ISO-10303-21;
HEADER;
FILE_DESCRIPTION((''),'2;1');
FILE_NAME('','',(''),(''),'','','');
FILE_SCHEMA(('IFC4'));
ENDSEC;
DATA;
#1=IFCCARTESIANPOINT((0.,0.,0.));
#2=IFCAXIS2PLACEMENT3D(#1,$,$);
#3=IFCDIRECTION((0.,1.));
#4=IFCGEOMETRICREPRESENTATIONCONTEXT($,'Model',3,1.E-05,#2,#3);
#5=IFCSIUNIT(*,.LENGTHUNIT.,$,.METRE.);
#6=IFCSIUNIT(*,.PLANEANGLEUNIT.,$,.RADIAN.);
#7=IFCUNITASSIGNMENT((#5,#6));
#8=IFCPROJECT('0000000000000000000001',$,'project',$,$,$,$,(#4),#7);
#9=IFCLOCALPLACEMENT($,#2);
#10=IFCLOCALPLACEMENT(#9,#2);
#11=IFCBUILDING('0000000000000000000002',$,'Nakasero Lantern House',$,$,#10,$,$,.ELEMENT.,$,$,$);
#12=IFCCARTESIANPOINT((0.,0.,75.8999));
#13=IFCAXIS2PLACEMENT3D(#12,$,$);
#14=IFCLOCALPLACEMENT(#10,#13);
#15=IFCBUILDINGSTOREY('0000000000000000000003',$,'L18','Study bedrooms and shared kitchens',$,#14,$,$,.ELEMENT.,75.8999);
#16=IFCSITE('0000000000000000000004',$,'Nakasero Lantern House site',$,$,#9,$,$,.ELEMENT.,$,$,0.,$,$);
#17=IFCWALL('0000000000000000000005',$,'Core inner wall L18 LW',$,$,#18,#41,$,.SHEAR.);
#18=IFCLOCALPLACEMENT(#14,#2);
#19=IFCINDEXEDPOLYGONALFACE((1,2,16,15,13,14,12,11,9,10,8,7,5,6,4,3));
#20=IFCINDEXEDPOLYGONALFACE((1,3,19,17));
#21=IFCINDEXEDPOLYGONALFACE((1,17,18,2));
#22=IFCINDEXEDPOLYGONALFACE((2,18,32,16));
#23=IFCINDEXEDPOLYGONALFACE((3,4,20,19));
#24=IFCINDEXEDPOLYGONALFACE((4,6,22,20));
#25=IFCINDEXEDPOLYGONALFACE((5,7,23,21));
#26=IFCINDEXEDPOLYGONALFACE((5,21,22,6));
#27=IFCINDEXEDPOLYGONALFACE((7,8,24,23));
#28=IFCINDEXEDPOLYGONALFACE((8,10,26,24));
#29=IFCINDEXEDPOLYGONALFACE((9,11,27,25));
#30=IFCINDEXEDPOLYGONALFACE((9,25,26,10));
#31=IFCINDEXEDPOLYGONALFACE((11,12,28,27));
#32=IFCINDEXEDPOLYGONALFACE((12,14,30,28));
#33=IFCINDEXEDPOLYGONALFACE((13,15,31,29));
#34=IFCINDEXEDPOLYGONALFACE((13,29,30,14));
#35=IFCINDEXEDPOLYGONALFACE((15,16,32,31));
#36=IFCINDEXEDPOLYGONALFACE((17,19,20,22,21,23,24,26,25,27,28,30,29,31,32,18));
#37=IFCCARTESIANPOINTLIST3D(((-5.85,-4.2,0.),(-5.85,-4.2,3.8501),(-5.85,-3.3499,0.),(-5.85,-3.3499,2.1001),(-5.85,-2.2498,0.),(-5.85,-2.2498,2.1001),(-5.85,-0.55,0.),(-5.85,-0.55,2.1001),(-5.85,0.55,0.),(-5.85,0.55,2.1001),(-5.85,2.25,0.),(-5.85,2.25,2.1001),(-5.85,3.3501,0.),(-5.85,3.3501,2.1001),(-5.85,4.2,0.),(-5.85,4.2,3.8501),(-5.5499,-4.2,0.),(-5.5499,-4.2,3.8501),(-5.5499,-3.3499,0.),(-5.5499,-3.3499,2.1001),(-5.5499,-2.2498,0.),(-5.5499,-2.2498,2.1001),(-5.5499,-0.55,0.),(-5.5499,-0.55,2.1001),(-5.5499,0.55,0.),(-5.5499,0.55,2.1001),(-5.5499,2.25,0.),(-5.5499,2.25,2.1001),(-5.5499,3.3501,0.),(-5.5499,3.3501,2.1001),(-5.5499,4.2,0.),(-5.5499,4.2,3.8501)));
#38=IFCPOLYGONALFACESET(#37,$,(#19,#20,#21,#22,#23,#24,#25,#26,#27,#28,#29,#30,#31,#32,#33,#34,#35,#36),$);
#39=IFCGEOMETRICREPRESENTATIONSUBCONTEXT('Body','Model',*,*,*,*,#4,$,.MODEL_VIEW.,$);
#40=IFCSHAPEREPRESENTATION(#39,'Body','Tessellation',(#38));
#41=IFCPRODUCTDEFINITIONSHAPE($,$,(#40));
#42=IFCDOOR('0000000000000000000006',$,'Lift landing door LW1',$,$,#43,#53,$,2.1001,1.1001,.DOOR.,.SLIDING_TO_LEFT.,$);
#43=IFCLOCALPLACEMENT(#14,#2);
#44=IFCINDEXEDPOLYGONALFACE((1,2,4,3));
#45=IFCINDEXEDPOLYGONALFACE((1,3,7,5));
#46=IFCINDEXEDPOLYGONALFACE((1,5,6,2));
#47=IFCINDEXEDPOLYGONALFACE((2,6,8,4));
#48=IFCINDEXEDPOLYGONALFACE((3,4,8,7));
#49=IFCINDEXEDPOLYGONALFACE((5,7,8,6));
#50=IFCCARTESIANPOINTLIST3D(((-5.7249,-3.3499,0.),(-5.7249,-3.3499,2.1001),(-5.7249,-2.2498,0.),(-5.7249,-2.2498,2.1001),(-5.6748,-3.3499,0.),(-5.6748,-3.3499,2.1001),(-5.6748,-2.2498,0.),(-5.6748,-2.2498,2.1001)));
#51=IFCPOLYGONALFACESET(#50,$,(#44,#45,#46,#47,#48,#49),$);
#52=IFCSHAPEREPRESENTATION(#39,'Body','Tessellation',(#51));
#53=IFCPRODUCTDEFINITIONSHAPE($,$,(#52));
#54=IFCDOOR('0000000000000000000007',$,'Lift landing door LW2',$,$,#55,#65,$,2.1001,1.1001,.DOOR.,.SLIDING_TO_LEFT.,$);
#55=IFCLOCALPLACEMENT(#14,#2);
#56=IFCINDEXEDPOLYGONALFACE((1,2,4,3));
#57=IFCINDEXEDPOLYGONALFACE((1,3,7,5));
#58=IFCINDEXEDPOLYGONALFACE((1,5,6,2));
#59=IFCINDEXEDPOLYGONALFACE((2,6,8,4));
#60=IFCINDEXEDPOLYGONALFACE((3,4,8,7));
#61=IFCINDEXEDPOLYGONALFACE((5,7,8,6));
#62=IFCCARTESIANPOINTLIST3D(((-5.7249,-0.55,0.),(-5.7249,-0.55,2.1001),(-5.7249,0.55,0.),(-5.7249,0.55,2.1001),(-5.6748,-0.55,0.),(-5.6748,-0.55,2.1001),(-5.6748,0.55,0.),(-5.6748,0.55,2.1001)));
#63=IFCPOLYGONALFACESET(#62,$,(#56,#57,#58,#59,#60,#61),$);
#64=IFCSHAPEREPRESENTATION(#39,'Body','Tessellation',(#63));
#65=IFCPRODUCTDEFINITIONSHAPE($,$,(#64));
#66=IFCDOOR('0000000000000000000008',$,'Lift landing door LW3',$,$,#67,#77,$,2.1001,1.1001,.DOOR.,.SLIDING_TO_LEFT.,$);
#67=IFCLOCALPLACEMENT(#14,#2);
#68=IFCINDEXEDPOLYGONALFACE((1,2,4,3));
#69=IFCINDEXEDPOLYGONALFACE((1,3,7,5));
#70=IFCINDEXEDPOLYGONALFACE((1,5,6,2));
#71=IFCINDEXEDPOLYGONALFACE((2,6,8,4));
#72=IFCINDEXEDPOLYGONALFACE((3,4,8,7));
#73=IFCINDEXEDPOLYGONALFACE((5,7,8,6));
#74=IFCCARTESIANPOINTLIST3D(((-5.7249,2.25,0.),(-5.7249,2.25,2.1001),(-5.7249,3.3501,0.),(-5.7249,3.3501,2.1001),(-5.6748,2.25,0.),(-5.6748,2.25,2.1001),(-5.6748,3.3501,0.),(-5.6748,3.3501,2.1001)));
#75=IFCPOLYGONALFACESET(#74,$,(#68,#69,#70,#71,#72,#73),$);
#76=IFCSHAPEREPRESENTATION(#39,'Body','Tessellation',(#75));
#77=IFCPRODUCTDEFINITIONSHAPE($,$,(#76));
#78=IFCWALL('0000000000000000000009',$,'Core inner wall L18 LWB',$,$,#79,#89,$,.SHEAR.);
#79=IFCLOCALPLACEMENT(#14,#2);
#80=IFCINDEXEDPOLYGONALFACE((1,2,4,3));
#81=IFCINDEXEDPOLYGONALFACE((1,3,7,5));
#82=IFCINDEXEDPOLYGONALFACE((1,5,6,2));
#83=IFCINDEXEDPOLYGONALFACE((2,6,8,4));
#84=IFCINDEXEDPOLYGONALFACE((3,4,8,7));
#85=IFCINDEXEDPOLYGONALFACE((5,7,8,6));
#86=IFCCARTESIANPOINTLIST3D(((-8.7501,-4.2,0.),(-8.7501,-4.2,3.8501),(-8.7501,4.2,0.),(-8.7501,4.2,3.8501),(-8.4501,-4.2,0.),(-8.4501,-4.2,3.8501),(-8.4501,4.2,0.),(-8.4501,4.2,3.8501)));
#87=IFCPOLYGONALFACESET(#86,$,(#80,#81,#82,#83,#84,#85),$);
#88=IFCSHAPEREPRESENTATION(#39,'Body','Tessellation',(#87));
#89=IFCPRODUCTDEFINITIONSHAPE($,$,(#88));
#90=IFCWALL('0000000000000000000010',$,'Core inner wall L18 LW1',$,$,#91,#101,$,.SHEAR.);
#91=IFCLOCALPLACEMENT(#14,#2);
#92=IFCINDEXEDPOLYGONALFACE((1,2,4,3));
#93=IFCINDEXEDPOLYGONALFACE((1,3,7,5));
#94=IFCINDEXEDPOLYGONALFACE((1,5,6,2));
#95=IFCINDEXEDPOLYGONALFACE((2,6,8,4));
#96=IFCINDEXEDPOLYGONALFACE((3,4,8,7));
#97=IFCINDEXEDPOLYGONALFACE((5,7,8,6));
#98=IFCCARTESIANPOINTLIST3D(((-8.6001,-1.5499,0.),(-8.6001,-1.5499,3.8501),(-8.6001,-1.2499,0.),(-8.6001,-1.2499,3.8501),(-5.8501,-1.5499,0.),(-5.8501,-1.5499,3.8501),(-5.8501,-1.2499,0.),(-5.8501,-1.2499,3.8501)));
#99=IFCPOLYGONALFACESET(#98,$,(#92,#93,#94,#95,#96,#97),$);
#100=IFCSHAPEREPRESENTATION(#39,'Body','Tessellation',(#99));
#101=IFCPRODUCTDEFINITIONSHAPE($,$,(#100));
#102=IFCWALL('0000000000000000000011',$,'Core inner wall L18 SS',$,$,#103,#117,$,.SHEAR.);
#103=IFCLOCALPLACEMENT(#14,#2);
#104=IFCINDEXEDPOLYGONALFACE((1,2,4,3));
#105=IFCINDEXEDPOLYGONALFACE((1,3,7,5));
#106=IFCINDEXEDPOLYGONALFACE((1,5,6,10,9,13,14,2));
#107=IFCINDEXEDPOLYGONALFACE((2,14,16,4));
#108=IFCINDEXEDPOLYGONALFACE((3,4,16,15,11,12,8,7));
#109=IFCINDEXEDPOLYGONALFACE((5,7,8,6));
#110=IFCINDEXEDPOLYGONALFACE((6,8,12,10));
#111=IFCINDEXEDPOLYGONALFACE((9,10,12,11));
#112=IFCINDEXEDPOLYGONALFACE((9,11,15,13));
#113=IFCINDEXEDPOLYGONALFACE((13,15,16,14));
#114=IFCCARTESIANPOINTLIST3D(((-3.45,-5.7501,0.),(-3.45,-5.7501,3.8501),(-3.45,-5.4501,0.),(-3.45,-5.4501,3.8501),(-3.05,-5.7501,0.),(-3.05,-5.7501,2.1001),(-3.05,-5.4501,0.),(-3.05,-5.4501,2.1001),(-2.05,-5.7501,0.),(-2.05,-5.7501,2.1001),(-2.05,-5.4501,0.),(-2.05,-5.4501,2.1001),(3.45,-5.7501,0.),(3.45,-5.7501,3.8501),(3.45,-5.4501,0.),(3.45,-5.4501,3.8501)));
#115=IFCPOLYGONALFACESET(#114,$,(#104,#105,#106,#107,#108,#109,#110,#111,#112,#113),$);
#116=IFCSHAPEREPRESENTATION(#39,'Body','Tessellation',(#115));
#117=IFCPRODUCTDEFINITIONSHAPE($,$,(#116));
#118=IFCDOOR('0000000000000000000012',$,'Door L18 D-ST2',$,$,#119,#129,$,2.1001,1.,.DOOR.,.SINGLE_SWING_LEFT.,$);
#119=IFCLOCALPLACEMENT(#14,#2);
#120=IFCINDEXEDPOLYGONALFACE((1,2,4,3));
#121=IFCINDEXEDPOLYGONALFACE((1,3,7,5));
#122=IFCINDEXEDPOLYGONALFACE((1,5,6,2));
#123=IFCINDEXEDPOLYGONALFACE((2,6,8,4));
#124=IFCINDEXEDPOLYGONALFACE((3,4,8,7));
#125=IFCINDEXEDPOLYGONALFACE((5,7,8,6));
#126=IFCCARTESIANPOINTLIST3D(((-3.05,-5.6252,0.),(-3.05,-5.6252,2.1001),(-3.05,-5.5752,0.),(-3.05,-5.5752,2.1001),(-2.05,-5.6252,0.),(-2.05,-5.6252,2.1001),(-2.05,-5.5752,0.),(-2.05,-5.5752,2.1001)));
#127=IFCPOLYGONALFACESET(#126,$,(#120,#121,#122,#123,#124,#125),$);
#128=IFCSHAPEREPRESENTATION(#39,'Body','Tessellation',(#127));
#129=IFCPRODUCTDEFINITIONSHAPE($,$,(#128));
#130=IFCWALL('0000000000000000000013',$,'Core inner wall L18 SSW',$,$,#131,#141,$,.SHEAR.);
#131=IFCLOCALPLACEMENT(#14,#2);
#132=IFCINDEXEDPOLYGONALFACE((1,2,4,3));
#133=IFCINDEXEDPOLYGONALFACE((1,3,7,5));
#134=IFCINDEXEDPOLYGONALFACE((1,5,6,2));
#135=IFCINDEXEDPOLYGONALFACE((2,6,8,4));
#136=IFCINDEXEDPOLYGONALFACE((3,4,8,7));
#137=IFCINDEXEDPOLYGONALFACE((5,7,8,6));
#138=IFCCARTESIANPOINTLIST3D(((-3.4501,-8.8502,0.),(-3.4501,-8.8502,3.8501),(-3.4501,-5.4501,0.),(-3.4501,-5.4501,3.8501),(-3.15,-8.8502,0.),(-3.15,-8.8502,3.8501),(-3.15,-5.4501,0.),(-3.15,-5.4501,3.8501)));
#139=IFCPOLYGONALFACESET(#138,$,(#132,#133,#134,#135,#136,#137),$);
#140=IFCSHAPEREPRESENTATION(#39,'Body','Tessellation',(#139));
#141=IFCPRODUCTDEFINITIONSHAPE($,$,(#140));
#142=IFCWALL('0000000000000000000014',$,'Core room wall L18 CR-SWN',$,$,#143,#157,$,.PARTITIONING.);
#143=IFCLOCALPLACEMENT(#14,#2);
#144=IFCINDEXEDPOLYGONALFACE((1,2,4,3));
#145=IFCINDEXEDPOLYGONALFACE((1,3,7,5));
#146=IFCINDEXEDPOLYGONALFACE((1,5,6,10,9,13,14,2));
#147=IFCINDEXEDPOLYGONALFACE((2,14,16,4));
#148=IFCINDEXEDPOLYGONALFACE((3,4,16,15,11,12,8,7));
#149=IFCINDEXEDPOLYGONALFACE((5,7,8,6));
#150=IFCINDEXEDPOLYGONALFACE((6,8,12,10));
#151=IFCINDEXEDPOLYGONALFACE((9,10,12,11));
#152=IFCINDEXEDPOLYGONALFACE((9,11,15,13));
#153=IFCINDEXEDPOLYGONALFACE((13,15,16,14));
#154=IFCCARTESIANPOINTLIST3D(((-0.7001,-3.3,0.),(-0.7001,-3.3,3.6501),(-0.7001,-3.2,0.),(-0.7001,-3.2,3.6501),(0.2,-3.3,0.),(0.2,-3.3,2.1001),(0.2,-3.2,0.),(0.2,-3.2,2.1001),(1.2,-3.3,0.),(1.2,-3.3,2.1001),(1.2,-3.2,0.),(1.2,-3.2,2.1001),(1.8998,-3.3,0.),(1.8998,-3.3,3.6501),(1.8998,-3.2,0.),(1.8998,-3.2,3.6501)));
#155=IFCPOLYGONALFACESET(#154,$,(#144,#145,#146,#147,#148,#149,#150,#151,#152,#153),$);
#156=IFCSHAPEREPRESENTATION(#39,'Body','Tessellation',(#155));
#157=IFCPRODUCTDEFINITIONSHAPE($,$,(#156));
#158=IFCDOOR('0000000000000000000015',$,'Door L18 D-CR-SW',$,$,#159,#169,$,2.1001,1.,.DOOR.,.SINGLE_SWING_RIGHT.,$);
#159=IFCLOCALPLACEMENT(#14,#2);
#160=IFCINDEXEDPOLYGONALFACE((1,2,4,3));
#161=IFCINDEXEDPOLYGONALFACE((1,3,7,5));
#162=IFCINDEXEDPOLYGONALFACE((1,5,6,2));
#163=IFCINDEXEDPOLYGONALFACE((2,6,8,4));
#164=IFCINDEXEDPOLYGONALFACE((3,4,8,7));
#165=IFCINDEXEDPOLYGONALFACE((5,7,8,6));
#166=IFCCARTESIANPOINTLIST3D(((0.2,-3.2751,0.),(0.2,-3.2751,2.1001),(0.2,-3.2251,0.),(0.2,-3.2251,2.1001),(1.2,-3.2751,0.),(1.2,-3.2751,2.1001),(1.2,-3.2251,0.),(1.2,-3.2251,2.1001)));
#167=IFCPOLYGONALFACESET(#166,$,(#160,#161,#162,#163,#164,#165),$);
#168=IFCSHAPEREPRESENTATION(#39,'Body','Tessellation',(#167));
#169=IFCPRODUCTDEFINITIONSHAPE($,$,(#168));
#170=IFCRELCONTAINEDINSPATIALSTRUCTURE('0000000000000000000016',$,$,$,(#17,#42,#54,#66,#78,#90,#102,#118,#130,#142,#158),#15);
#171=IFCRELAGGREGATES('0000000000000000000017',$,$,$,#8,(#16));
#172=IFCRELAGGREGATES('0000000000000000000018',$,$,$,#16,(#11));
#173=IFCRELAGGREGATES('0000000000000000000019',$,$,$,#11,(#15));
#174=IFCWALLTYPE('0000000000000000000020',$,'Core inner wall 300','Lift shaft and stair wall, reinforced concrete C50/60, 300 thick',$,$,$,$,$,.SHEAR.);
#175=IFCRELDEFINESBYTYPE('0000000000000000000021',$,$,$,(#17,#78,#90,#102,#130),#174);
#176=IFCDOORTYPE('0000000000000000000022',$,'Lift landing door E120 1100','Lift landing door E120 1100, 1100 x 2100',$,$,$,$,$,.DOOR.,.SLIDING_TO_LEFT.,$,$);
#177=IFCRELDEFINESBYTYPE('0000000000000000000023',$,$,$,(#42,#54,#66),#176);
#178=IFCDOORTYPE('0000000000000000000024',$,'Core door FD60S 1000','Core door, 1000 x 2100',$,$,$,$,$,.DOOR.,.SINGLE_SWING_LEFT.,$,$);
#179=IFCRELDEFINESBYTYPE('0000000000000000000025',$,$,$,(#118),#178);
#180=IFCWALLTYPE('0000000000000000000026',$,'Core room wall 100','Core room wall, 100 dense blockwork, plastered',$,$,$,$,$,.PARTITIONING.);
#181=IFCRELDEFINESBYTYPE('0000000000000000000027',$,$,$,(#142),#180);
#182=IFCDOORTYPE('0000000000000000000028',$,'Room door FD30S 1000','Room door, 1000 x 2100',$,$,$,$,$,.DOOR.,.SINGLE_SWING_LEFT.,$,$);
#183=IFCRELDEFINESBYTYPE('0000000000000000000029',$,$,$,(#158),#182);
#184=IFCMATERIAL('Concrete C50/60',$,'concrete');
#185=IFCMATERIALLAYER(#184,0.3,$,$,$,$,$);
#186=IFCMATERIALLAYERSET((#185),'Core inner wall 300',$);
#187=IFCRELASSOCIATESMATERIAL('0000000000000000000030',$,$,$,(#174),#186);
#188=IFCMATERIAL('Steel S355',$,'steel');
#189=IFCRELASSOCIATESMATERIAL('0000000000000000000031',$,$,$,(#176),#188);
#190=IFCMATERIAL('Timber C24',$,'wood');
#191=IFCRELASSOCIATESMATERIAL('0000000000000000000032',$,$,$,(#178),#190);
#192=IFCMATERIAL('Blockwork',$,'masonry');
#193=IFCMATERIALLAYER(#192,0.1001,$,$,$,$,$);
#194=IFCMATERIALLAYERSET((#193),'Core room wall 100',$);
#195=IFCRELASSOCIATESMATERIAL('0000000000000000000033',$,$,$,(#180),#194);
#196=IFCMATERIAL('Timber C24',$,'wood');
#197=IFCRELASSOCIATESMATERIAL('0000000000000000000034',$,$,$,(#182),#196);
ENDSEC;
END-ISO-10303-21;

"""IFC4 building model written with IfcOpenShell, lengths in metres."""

from ifc_helpers import new_model, si_unit, direction, frame, frame_2d, origin, place, context, subcontext, project, spatial, rectangle, extrude, material, layer, layer_set, type_object, element, fill, save


model = new_model("IFC4")

# Units and contexts
model_context = context("Model", 3, precision=1e-05, world=origin(), true_north=direction((0.0, 1.0)))
body_context = subcontext(model_context, "Body", "Model", "MODEL_VIEW")
ifc_project = project(units=[si_unit("LENGTHUNIT", "METRE"), si_unit("PLANEANGLEUNIT", "RADIAN")], contexts=[model_context])

# Site, building, storey
site_placement = place(None, origin())
site = spatial("IfcSite", under=ifc_project, at=site_placement, Name="Nakasero Lantern House site", CompositionType="ELEMENT", RefElevation=0.0)
building_placement = place(site_placement, origin())
building = spatial("IfcBuilding", under=site, at=building_placement, Name="Nakasero Lantern House", CompositionType="ELEMENT")
storey_placement = place(building_placement, frame((0.0, 0.0, 75.8999)))
storey = spatial("IfcBuildingStorey", under=building, at=storey_placement, Name="L18", Description="Study bedrooms and shared kitchens", CompositionType="ELEMENT", Elevation=75.8999)

# Wall, openings, doors
ifc_material_1 = material(Name="Concrete C50/60", Category="concrete")
ifc_layer_1 = layer(ifc_material_1, 0.3)
ifc_layer_set_1 = layer_set([ifc_layer_1], Name="Core inner wall 300")
wall_type_1 = type_object("IfcWallType", Name="Core inner wall 300", Description="Lift shaft and stair wall, reinforced concrete C50/60, 300 thick", PredefinedType="SHEAR", material=ifc_layer_set_1)
wall_1_placement = place(storey_placement, frame((-5.7, -4.2, 0.0), z_axis=(0.0, 0.0, 1.0), x_axis=(0.0, 1.0, 0.0)))
wall_1 = element("IfcWall", 1, at=wall_1_placement, inside=storey, type_object=wall_type_1, Name="Core inner wall L18 LW", PredefinedType="SHEAR", context=body_context, shape_type="SweptSolid", body=[
    extrude(rectangle(XDim=8.3999, YDim=0.3, at=frame_2d((4.2, 0.0))), origin(), (0.0, 0.0, 1.0), 3.8501),
])
opening_1_placement = place(wall_1_placement, frame((0.8501, 0.0, 0.0)))
opening_1 = element("IfcOpeningElement", 2, at=opening_1_placement, cuts=wall_1, PredefinedType="OPENING", context=body_context, shape_type="SweptSolid", body=[
    extrude(rectangle(XDim=1.1001, YDim=2.1001, at=frame_2d((0.55, 1.05))), frame((0.0, 0.1699, 0.0), z_axis=(0.0, -1.0, 0.0), x_axis=(1.0, 0.0, 0.0)), (0.0, 0.0, 1.0), 0.3401),
])
opening_2_placement = place(wall_1_placement, frame((3.6499, 0.0, 0.0)))
opening_2 = element("IfcOpeningElement", 3, at=opening_2_placement, cuts=wall_1, PredefinedType="OPENING", context=body_context, shape_type="SweptSolid", body=[
    extrude(rectangle(XDim=1.1001, YDim=2.1001, at=frame_2d((0.55, 1.05))), frame((0.0, 0.1699, 0.0), z_axis=(0.0, -1.0, 0.0), x_axis=(1.0, 0.0, 0.0)), (0.0, 0.0, 1.0), 0.3401),
])
opening_3_placement = place(wall_1_placement, frame((6.45, 0.0, 0.0)))
opening_3 = element("IfcOpeningElement", 4, at=opening_3_placement, cuts=wall_1, PredefinedType="OPENING", context=body_context, shape_type="SweptSolid", body=[
    extrude(rectangle(XDim=1.1001, YDim=2.1001, at=frame_2d((0.55, 1.05))), frame((0.0, 0.1699, 0.0), z_axis=(0.0, -1.0, 0.0), x_axis=(1.0, 0.0, 0.0)), (0.0, 0.0, 1.0), 0.3401),
])
ifc_material_2 = material(Name="Steel S355", Category="steel")
door_type_1 = type_object("IfcDoorType", Name="Lift landing door E120 1100", Description="Lift landing door E120 1100, 1100 x 2100", OperationType="SLIDING_TO_LEFT", PredefinedType="DOOR", material=ifc_material_2)
door_1_placement = place(opening_1_placement, origin())
door_1 = element("IfcDoor", 5, at=door_1_placement, inside=storey, type_object=door_type_1, Name="Lift landing door LW1", OperationType="SLIDING_TO_LEFT", OverallHeight=2.1001, OverallWidth=1.1001, PredefinedType="DOOR", context=body_context, shape_type="SweptSolid", body=[
    extrude(rectangle(XDim=1.1001, YDim=2.1001, at=frame_2d((0.55, 1.05))), frame((0.0, 0.0249, 0.0), z_axis=(0.0, -1.0, 0.0), x_axis=(1.0, 0.0, 0.0)), (0.0, 0.0, 1.0), 0.05),
])
fill(opening_1, door_1)
door_2_placement = place(opening_2_placement, origin())
door_2 = element("IfcDoor", 6, at=door_2_placement, inside=storey, type_object=door_type_1, Name="Lift landing door LW2", OperationType="SLIDING_TO_LEFT", OverallHeight=2.1001, OverallWidth=1.1001, PredefinedType="DOOR", context=body_context, shape_type="SweptSolid", body=[
    extrude(rectangle(XDim=1.1001, YDim=2.1001, at=frame_2d((0.55, 1.05))), frame((0.0, 0.0249, 0.0), z_axis=(0.0, -1.0, 0.0), x_axis=(1.0, 0.0, 0.0)), (0.0, 0.0, 1.0), 0.05),
])
fill(opening_2, door_2)
door_3_placement = place(opening_3_placement, origin())
door_3 = element("IfcDoor", 7, at=door_3_placement, inside=storey, type_object=door_type_1, Name="Lift landing door LW3", OperationType="SLIDING_TO_LEFT", OverallHeight=2.1001, OverallWidth=1.1001, PredefinedType="DOOR", context=body_context, shape_type="SweptSolid", body=[
    extrude(rectangle(XDim=1.1001, YDim=2.1001, at=frame_2d((0.55, 1.05))), frame((0.0, 0.0249, 0.0), z_axis=(0.0, -1.0, 0.0), x_axis=(1.0, 0.0, 0.0)), (0.0, 0.0, 1.0), 0.05),
])
fill(opening_3, door_3)

# Walls
wall_2_placement = place(storey_placement, frame((-8.6001, -4.2, 0.0), z_axis=(0.0, 0.0, 1.0), x_axis=(0.0, 1.0, 0.0)))
element("IfcWall", 8, at=wall_2_placement, inside=storey, type_object=wall_type_1, Name="Core inner wall L18 LWB", PredefinedType="SHEAR", context=body_context, shape_type="SweptSolid", body=[
    extrude(rectangle(XDim=8.3999, YDim=0.3, at=frame_2d((4.2, 0.0))), origin(), (0.0, 0.0, 1.0), 3.8501),
])
wall_3_placement = place(storey_placement, frame((-8.6001, -1.3999, 0.0), z_axis=(0.0, 0.0, 1.0), x_axis=(1.0, 0.0, 0.0)))
element("IfcWall", 9, at=wall_3_placement, inside=storey, type_object=wall_type_1, Name="Core inner wall L18 LW1", PredefinedType="SHEAR", context=body_context, shape_type="SweptSolid", body=[
    extrude(rectangle(XDim=2.75, YDim=0.3, at=frame_2d((1.375, 0.0))), origin(), (0.0, 0.0, 1.0), 3.8501),
])

# Wall, opening, door
wall_4_placement = place(storey_placement, frame((-3.45, -5.6001, 0.0), z_axis=(0.0, 0.0, 1.0), x_axis=(1.0, 0.0, 0.0)))
wall_4 = element("IfcWall", 10, at=wall_4_placement, inside=storey, type_object=wall_type_1, Name="Core inner wall L18 SS", PredefinedType="SHEAR", context=body_context, shape_type="SweptSolid", body=[
    extrude(rectangle(XDim=6.8999, YDim=0.3, at=frame_2d((3.45, 0.0))), origin(), (0.0, 0.0, 1.0), 3.8501),
])
opening_4_placement = place(wall_4_placement, frame((0.3999, 0.0, 0.0)))
opening_4 = element("IfcOpeningElement", 11, at=opening_4_placement, cuts=wall_4, PredefinedType="OPENING", context=body_context, shape_type="SweptSolid", body=[
    extrude(rectangle(XDim=1.0, YDim=2.1001, at=frame_2d((0.5, 1.05))), frame((0.0, 0.1699, 0.0), z_axis=(0.0, -1.0, 0.0), x_axis=(1.0, 0.0, 0.0)), (0.0, 0.0, 1.0), 0.3401),
])
ifc_material_3 = material(Name="Timber C24", Category="wood")
door_type_2 = type_object("IfcDoorType", Name="Core door FD60S 1000", Description="Core door, 1000 x 2100", OperationType="SINGLE_SWING_LEFT", PredefinedType="DOOR", material=ifc_material_3)
door_4_placement = place(opening_4_placement, origin())
door_4 = element("IfcDoor", 12, at=door_4_placement, inside=storey, type_object=door_type_2, Name="Door L18 D-ST2", OperationType="SINGLE_SWING_LEFT", OverallHeight=2.1001, OverallWidth=1.0, PredefinedType="DOOR", context=body_context, shape_type="SweptSolid", body=[
    extrude(rectangle(XDim=1.0, YDim=2.1001, at=frame_2d((0.5, 1.05))), frame((0.0, 0.0249, 0.0), z_axis=(0.0, -1.0, 0.0), x_axis=(1.0, 0.0, 0.0)), (0.0, 0.0, 1.0), 0.05),
])
fill(opening_4, door_4)

# Wall
wall_5_placement = place(storey_placement, frame((-3.3, -5.45, 0.0), z_axis=(0.0, 0.0, 1.0), x_axis=(0.0, -1.0, 0.0)))
element("IfcWall", 13, at=wall_5_placement, inside=storey, type_object=wall_type_1, Name="Core inner wall L18 SSW", PredefinedType="SHEAR", context=body_context, shape_type="SweptSolid", body=[
    extrude(rectangle(XDim=3.4001, YDim=0.3, at=frame_2d((1.7002, 0.0))), origin(), (0.0, 0.0, 1.0), 3.8501),
])

# Wall, opening, door
ifc_material_4 = material(Name="Blockwork", Category="masonry")
ifc_layer_2 = layer(ifc_material_4, 0.1001)
ifc_layer_set_2 = layer_set([ifc_layer_2], Name="Core room wall 100")
wall_type_2 = type_object("IfcWallType", Name="Core room wall 100", Description="Core room wall, 100 dense blockwork, plastered", PredefinedType="PARTITIONING", material=ifc_layer_set_2)
wall_6_placement = place(storey_placement, frame((-0.7, -3.25, 0.0), z_axis=(0.0, 0.0, 1.0), x_axis=(1.0, 0.0, 0.0)))
wall_6 = element("IfcWall", 14, at=wall_6_placement, inside=storey, type_object=wall_type_2, Name="Core room wall L18 CR-SWN", PredefinedType="PARTITIONING", context=body_context, shape_type="SweptSolid", body=[
    extrude(rectangle(XDim=2.5999, YDim=0.1001, at=frame_2d((1.2998, 0.0))), origin(), (0.0, 0.0, 1.0), 3.6501),
])
opening_5_placement = place(wall_6_placement, frame((0.8999, 0.0, 0.0)))
opening_5 = element("IfcOpeningElement", 15, at=opening_5_placement, cuts=wall_6, PredefinedType="OPENING", context=body_context, shape_type="SweptSolid", body=[
    extrude(rectangle(XDim=1.0, YDim=2.1001, at=frame_2d((0.5, 1.05))), frame((0.0, 0.0701, 0.0), z_axis=(0.0, -1.0, 0.0), x_axis=(1.0, 0.0, 0.0)), (0.0, 0.0, 1.0), 0.1401),
])
ifc_material_5 = material(Name="Timber C24", Category="wood")
door_type_3 = type_object("IfcDoorType", Name="Room door FD30S 1000", Description="Room door, 1000 x 2100", OperationType="SINGLE_SWING_LEFT", PredefinedType="DOOR", material=ifc_material_5)
door_5_placement = place(opening_5_placement, origin())
door_5 = element("IfcDoor", 16, at=door_5_placement, inside=storey, type_object=door_type_3, Name="Door L18 D-CR-SW", OperationType="SINGLE_SWING_RIGHT", OverallHeight=2.1001, OverallWidth=1.0, PredefinedType="DOOR", context=body_context, shape_type="SweptSolid", body=[
    extrude(rectangle(XDim=1.0, YDim=2.1001, at=frame_2d((0.5, 1.05))), frame((0.0, 0.0249, 0.0), z_axis=(0.0, -1.0, 0.0), x_axis=(1.0, 0.0, 0.0)), (0.0, 0.0, 1.0), 0.05),
])
fill(opening_5, door_5)

save(model, "model.ifc")
